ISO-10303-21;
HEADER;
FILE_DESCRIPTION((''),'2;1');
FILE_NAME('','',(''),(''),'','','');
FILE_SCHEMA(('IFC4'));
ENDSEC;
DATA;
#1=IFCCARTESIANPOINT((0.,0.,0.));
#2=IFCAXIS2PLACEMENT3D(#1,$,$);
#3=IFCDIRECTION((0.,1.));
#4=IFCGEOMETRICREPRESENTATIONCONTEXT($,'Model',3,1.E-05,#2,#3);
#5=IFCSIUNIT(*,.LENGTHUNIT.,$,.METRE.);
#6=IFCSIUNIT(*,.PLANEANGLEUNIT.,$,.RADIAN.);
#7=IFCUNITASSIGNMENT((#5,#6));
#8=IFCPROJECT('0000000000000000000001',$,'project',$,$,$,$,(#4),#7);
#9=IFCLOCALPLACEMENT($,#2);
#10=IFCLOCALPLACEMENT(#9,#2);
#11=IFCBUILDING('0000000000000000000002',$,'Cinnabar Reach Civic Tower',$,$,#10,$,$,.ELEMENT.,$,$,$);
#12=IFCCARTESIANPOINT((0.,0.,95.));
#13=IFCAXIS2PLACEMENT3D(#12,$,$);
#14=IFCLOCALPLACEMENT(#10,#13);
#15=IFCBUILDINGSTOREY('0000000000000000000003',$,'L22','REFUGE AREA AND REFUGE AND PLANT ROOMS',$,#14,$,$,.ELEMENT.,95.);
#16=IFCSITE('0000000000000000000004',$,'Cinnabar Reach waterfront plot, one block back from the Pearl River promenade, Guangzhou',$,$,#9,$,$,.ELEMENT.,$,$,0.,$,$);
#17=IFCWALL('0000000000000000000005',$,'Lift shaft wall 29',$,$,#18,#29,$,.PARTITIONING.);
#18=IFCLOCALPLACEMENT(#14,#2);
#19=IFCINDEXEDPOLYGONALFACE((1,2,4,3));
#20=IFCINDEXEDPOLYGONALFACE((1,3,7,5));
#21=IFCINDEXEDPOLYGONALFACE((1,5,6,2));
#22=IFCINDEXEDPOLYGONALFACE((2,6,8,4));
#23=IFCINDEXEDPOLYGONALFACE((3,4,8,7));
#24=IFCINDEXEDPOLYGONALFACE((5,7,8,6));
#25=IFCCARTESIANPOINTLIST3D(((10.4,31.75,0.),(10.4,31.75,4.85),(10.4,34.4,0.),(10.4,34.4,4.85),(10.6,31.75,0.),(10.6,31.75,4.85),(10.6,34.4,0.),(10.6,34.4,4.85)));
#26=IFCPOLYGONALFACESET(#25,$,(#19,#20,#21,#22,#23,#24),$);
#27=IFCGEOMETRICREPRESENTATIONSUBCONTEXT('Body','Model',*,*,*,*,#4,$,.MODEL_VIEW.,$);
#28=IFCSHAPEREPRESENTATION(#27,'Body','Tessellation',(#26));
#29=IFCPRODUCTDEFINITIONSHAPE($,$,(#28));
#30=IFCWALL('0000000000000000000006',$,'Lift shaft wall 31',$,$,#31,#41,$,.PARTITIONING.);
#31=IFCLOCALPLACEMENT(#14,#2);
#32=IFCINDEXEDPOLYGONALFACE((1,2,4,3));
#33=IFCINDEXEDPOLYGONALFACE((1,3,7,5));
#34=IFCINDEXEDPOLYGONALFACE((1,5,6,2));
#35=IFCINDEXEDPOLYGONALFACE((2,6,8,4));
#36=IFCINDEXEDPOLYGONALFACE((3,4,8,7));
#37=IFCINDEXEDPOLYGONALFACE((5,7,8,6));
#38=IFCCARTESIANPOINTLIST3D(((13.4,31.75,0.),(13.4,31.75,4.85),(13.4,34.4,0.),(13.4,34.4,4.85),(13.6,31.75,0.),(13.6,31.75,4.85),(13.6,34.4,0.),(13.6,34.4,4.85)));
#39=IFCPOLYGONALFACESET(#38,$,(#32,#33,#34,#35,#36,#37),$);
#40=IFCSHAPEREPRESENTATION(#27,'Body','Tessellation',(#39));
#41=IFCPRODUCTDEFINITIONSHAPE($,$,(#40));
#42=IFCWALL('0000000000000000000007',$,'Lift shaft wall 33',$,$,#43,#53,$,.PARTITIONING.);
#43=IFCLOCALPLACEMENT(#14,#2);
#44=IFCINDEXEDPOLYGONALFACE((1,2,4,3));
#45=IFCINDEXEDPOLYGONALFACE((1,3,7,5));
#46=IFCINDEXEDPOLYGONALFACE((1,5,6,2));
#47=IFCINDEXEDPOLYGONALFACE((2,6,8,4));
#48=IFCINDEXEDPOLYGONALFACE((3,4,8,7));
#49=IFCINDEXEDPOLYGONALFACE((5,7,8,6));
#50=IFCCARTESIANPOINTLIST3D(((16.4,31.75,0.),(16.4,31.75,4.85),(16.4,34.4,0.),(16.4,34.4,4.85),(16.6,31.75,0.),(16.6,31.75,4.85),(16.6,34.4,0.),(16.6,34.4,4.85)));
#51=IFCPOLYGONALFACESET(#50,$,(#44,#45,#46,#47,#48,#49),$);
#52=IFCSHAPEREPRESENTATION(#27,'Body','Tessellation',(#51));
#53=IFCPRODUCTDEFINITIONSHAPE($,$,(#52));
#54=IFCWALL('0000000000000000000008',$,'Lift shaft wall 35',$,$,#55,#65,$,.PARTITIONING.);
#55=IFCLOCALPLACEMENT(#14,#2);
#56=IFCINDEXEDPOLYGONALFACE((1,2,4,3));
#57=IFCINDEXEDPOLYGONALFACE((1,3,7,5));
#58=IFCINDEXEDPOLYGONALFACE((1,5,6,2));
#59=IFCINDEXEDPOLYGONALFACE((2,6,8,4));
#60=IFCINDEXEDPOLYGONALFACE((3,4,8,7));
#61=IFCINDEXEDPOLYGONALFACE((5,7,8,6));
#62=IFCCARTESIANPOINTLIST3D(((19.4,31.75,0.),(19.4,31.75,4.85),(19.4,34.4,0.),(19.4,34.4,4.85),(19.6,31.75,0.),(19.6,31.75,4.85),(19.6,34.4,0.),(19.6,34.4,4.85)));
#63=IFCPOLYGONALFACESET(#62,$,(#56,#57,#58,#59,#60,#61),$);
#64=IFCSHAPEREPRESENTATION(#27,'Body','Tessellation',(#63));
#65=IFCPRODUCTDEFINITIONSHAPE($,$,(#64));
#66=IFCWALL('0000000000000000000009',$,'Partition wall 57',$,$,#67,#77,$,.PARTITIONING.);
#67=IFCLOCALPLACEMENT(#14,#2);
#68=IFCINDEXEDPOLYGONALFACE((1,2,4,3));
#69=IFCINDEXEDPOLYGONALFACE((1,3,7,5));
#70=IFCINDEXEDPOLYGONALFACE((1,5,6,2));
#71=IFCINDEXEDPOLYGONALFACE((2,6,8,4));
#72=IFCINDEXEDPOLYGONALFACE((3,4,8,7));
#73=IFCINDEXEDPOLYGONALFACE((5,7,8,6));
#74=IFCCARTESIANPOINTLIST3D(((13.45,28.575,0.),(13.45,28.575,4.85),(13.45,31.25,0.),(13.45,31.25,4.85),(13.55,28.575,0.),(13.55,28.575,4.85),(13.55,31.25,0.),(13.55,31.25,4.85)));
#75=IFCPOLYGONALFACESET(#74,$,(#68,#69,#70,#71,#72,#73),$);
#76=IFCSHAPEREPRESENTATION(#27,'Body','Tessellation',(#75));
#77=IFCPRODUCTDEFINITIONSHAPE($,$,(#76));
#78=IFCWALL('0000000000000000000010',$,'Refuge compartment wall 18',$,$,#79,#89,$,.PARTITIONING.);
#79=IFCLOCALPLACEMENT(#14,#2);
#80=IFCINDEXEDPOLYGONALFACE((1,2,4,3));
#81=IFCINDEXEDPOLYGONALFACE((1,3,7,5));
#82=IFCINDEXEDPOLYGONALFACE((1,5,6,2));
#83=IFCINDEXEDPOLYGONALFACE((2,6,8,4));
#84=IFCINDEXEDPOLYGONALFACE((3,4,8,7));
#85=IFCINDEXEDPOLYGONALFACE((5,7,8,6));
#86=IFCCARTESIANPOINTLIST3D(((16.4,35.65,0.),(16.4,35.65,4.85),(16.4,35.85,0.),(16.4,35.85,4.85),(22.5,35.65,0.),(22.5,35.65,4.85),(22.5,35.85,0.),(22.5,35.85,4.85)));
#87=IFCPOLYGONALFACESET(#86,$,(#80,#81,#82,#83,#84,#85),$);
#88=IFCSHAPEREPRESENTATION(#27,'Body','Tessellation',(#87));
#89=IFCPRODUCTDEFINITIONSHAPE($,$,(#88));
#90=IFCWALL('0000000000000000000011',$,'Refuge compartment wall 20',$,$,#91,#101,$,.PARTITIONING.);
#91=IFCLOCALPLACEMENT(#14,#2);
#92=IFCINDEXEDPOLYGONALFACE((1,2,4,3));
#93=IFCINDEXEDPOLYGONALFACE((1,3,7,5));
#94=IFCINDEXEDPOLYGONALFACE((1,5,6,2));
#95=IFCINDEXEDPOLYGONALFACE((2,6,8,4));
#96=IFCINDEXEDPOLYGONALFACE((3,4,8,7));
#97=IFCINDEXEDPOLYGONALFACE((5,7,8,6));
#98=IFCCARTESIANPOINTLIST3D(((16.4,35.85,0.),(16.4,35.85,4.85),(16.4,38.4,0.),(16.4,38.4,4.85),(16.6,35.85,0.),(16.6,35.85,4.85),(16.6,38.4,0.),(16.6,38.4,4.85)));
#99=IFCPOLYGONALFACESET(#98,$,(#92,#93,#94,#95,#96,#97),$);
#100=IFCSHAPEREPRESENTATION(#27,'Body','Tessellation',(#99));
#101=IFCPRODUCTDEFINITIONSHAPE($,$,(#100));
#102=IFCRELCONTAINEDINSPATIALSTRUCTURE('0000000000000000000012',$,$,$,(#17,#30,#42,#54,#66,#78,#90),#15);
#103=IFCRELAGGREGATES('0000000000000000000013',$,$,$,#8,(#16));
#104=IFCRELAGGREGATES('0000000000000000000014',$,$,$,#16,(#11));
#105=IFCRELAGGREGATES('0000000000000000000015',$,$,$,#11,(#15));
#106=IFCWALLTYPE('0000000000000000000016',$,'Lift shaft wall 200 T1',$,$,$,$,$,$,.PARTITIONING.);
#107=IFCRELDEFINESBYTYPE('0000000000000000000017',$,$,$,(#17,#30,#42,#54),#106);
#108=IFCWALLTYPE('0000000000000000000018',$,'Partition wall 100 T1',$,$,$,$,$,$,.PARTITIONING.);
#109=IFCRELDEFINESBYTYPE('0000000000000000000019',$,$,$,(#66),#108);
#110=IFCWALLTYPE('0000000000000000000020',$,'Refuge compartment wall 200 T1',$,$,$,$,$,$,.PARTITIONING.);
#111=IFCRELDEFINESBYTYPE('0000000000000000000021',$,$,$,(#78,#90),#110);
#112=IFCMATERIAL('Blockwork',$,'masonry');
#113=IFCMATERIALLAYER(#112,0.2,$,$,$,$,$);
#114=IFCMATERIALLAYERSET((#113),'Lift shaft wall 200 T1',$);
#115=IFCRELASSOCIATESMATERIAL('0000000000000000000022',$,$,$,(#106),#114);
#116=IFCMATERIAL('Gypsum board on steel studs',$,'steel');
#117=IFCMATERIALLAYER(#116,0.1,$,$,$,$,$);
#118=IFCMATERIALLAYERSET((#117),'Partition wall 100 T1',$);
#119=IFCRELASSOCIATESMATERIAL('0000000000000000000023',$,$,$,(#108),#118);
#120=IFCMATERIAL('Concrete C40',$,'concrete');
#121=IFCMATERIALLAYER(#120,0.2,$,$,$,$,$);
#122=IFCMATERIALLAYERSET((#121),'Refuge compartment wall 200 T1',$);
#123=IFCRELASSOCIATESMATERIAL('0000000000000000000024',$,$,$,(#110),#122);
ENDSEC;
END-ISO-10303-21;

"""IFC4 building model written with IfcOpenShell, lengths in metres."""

from ifc_helpers import new_model, si_unit, direction, frame, frame_2d, origin, place, context, subcontext, project, spatial, rectangle, extrude, material, layer, layer_set, type_object, element, save


model = new_model("IFC4")

# Units and contexts
model_context = context("Model", 3, precision=1e-05, world=origin(), true_north=direction((0.0, 1.0)))
body_context = subcontext(model_context, "Body", "Model", "MODEL_VIEW")
ifc_project = project(units=[si_unit("LENGTHUNIT", "METRE"), si_unit("PLANEANGLEUNIT", "RADIAN")], contexts=[model_context])

# Site, building, storey
site_placement = place(None, origin())
site = spatial("IfcSite", under=ifc_project, at=site_placement, Name="Cinnabar Reach waterfront plot, one block back from the Pearl River promenade, Guangzhou", CompositionType="ELEMENT", RefElevation=0.0)
building_placement = place(site_placement, origin())
building = spatial("IfcBuilding", under=site, at=building_placement, Name="Cinnabar Reach Civic Tower", CompositionType="ELEMENT")
storey_placement = place(building_placement, frame((0.0, 0.0, 95.0)))
storey = spatial("IfcBuildingStorey", under=building, at=storey_placement, Name="L22", Description="REFUGE AREA AND REFUGE AND PLANT ROOMS", CompositionType="ELEMENT", Elevation=95.0)

# Walls
ifc_material_1 = material(Name="Blockwork", Category="masonry")
ifc_layer_1 = layer(ifc_material_1, 0.2)
ifc_layer_set_1 = layer_set([ifc_layer_1], Name="Lift shaft wall 200 T1")
wall_type_1 = type_object("IfcWallType", Name="Lift shaft wall 200 T1", PredefinedType="PARTITIONING", material=ifc_layer_set_1)
for number, where, z_axis, x_axis, name in (
    (1, (10.5, 31.75, 0.0), (0.0, 0.0, 1.0), (0.0, 1.0, 0.0), "Lift shaft wall 29"),
    (2, (13.5, 31.75, 0.0), (0.0, 0.0, 1.0), (0.0, 1.0, 0.0), "Lift shaft wall 31"),
    (3, (16.5, 31.75, 0.0), (0.0, 0.0, 1.0), (0.0, 1.0, 0.0), "Lift shaft wall 33"),
    (4, (19.5, 31.75, 0.0), (0.0, 0.0, 1.0), (0.0, 1.0, 0.0), "Lift shaft wall 35"),
):
    element("IfcWall", number, at=place(storey_placement, frame(where, z_axis=z_axis, x_axis=x_axis)), inside=storey, type_object=wall_type_1, Name=name, PredefinedType="PARTITIONING", context=body_context, shape_type="SweptSolid", body=[
        extrude(rectangle(XDim=2.65, YDim=0.2, at=frame_2d((1.325, 0.0))), origin(), (0.0, 0.0, 1.0), 4.85),
    ])
ifc_material_2 = material(Name="Gypsum board on steel studs", Category="steel")
ifc_layer_2 = layer(ifc_material_2, 0.1)
ifc_layer_set_2 = layer_set([ifc_layer_2], Name="Partition wall 100 T1")
wall_type_2 = type_object("IfcWallType", Name="Partition wall 100 T1", PredefinedType="PARTITIONING", material=ifc_layer_set_2)
wall_1_placement = place(storey_placement, frame((13.5, 28.575, 0.0), z_axis=(0.0, 0.0, 1.0), x_axis=(0.0, 1.0, 0.0)))
element("IfcWall", 5, at=wall_1_placement, inside=storey, type_object=wall_type_2, Name="Partition wall 57", PredefinedType="PARTITIONING", context=body_context, shape_type="SweptSolid", body=[
    extrude(rectangle(XDim=2.675, YDim=0.1, at=frame_2d((1.3375, 0.0))), origin(), (0.0, 0.0, 1.0), 4.85),
])
ifc_material_3 = material(Name="Concrete C40", Category="concrete")
ifc_layer_3 = layer(ifc_material_3, 0.2)
ifc_layer_set_3 = layer_set([ifc_layer_3], Name="Refuge compartment wall 200 T1")
wall_type_3 = type_object("IfcWallType", Name="Refuge compartment wall 200 T1", PredefinedType="PARTITIONING", material=ifc_layer_set_3)
wall_2_placement = place(storey_placement, frame((16.4, 35.75, 0.0), z_axis=(0.0, 0.0, 1.0), x_axis=(1.0, 0.0, 0.0)))
element("IfcWall", 6, at=wall_2_placement, inside=storey, type_object=wall_type_3, Name="Refuge compartment wall 18", PredefinedType="PARTITIONING", context=body_context, shape_type="SweptSolid", body=[
    extrude(rectangle(XDim=6.1, YDim=0.2, at=frame_2d((3.05, 0.0))), origin(), (0.0, 0.0, 1.0), 4.85),
])
wall_3_placement = place(storey_placement, frame((16.5, 35.85, 0.0), z_axis=(0.0, 0.0, 1.0), x_axis=(0.0, 1.0, 0.0)))
element("IfcWall", 7, at=wall_3_placement, inside=storey, type_object=wall_type_3, Name="Refuge compartment wall 20", PredefinedType="PARTITIONING", context=body_context, shape_type="SweptSolid", body=[
    extrude(rectangle(XDim=2.55, YDim=0.2, at=frame_2d((1.275, 0.0))), origin(), (0.0, 0.0, 1.0), 4.85),
])

save(model, "model.ifc")
